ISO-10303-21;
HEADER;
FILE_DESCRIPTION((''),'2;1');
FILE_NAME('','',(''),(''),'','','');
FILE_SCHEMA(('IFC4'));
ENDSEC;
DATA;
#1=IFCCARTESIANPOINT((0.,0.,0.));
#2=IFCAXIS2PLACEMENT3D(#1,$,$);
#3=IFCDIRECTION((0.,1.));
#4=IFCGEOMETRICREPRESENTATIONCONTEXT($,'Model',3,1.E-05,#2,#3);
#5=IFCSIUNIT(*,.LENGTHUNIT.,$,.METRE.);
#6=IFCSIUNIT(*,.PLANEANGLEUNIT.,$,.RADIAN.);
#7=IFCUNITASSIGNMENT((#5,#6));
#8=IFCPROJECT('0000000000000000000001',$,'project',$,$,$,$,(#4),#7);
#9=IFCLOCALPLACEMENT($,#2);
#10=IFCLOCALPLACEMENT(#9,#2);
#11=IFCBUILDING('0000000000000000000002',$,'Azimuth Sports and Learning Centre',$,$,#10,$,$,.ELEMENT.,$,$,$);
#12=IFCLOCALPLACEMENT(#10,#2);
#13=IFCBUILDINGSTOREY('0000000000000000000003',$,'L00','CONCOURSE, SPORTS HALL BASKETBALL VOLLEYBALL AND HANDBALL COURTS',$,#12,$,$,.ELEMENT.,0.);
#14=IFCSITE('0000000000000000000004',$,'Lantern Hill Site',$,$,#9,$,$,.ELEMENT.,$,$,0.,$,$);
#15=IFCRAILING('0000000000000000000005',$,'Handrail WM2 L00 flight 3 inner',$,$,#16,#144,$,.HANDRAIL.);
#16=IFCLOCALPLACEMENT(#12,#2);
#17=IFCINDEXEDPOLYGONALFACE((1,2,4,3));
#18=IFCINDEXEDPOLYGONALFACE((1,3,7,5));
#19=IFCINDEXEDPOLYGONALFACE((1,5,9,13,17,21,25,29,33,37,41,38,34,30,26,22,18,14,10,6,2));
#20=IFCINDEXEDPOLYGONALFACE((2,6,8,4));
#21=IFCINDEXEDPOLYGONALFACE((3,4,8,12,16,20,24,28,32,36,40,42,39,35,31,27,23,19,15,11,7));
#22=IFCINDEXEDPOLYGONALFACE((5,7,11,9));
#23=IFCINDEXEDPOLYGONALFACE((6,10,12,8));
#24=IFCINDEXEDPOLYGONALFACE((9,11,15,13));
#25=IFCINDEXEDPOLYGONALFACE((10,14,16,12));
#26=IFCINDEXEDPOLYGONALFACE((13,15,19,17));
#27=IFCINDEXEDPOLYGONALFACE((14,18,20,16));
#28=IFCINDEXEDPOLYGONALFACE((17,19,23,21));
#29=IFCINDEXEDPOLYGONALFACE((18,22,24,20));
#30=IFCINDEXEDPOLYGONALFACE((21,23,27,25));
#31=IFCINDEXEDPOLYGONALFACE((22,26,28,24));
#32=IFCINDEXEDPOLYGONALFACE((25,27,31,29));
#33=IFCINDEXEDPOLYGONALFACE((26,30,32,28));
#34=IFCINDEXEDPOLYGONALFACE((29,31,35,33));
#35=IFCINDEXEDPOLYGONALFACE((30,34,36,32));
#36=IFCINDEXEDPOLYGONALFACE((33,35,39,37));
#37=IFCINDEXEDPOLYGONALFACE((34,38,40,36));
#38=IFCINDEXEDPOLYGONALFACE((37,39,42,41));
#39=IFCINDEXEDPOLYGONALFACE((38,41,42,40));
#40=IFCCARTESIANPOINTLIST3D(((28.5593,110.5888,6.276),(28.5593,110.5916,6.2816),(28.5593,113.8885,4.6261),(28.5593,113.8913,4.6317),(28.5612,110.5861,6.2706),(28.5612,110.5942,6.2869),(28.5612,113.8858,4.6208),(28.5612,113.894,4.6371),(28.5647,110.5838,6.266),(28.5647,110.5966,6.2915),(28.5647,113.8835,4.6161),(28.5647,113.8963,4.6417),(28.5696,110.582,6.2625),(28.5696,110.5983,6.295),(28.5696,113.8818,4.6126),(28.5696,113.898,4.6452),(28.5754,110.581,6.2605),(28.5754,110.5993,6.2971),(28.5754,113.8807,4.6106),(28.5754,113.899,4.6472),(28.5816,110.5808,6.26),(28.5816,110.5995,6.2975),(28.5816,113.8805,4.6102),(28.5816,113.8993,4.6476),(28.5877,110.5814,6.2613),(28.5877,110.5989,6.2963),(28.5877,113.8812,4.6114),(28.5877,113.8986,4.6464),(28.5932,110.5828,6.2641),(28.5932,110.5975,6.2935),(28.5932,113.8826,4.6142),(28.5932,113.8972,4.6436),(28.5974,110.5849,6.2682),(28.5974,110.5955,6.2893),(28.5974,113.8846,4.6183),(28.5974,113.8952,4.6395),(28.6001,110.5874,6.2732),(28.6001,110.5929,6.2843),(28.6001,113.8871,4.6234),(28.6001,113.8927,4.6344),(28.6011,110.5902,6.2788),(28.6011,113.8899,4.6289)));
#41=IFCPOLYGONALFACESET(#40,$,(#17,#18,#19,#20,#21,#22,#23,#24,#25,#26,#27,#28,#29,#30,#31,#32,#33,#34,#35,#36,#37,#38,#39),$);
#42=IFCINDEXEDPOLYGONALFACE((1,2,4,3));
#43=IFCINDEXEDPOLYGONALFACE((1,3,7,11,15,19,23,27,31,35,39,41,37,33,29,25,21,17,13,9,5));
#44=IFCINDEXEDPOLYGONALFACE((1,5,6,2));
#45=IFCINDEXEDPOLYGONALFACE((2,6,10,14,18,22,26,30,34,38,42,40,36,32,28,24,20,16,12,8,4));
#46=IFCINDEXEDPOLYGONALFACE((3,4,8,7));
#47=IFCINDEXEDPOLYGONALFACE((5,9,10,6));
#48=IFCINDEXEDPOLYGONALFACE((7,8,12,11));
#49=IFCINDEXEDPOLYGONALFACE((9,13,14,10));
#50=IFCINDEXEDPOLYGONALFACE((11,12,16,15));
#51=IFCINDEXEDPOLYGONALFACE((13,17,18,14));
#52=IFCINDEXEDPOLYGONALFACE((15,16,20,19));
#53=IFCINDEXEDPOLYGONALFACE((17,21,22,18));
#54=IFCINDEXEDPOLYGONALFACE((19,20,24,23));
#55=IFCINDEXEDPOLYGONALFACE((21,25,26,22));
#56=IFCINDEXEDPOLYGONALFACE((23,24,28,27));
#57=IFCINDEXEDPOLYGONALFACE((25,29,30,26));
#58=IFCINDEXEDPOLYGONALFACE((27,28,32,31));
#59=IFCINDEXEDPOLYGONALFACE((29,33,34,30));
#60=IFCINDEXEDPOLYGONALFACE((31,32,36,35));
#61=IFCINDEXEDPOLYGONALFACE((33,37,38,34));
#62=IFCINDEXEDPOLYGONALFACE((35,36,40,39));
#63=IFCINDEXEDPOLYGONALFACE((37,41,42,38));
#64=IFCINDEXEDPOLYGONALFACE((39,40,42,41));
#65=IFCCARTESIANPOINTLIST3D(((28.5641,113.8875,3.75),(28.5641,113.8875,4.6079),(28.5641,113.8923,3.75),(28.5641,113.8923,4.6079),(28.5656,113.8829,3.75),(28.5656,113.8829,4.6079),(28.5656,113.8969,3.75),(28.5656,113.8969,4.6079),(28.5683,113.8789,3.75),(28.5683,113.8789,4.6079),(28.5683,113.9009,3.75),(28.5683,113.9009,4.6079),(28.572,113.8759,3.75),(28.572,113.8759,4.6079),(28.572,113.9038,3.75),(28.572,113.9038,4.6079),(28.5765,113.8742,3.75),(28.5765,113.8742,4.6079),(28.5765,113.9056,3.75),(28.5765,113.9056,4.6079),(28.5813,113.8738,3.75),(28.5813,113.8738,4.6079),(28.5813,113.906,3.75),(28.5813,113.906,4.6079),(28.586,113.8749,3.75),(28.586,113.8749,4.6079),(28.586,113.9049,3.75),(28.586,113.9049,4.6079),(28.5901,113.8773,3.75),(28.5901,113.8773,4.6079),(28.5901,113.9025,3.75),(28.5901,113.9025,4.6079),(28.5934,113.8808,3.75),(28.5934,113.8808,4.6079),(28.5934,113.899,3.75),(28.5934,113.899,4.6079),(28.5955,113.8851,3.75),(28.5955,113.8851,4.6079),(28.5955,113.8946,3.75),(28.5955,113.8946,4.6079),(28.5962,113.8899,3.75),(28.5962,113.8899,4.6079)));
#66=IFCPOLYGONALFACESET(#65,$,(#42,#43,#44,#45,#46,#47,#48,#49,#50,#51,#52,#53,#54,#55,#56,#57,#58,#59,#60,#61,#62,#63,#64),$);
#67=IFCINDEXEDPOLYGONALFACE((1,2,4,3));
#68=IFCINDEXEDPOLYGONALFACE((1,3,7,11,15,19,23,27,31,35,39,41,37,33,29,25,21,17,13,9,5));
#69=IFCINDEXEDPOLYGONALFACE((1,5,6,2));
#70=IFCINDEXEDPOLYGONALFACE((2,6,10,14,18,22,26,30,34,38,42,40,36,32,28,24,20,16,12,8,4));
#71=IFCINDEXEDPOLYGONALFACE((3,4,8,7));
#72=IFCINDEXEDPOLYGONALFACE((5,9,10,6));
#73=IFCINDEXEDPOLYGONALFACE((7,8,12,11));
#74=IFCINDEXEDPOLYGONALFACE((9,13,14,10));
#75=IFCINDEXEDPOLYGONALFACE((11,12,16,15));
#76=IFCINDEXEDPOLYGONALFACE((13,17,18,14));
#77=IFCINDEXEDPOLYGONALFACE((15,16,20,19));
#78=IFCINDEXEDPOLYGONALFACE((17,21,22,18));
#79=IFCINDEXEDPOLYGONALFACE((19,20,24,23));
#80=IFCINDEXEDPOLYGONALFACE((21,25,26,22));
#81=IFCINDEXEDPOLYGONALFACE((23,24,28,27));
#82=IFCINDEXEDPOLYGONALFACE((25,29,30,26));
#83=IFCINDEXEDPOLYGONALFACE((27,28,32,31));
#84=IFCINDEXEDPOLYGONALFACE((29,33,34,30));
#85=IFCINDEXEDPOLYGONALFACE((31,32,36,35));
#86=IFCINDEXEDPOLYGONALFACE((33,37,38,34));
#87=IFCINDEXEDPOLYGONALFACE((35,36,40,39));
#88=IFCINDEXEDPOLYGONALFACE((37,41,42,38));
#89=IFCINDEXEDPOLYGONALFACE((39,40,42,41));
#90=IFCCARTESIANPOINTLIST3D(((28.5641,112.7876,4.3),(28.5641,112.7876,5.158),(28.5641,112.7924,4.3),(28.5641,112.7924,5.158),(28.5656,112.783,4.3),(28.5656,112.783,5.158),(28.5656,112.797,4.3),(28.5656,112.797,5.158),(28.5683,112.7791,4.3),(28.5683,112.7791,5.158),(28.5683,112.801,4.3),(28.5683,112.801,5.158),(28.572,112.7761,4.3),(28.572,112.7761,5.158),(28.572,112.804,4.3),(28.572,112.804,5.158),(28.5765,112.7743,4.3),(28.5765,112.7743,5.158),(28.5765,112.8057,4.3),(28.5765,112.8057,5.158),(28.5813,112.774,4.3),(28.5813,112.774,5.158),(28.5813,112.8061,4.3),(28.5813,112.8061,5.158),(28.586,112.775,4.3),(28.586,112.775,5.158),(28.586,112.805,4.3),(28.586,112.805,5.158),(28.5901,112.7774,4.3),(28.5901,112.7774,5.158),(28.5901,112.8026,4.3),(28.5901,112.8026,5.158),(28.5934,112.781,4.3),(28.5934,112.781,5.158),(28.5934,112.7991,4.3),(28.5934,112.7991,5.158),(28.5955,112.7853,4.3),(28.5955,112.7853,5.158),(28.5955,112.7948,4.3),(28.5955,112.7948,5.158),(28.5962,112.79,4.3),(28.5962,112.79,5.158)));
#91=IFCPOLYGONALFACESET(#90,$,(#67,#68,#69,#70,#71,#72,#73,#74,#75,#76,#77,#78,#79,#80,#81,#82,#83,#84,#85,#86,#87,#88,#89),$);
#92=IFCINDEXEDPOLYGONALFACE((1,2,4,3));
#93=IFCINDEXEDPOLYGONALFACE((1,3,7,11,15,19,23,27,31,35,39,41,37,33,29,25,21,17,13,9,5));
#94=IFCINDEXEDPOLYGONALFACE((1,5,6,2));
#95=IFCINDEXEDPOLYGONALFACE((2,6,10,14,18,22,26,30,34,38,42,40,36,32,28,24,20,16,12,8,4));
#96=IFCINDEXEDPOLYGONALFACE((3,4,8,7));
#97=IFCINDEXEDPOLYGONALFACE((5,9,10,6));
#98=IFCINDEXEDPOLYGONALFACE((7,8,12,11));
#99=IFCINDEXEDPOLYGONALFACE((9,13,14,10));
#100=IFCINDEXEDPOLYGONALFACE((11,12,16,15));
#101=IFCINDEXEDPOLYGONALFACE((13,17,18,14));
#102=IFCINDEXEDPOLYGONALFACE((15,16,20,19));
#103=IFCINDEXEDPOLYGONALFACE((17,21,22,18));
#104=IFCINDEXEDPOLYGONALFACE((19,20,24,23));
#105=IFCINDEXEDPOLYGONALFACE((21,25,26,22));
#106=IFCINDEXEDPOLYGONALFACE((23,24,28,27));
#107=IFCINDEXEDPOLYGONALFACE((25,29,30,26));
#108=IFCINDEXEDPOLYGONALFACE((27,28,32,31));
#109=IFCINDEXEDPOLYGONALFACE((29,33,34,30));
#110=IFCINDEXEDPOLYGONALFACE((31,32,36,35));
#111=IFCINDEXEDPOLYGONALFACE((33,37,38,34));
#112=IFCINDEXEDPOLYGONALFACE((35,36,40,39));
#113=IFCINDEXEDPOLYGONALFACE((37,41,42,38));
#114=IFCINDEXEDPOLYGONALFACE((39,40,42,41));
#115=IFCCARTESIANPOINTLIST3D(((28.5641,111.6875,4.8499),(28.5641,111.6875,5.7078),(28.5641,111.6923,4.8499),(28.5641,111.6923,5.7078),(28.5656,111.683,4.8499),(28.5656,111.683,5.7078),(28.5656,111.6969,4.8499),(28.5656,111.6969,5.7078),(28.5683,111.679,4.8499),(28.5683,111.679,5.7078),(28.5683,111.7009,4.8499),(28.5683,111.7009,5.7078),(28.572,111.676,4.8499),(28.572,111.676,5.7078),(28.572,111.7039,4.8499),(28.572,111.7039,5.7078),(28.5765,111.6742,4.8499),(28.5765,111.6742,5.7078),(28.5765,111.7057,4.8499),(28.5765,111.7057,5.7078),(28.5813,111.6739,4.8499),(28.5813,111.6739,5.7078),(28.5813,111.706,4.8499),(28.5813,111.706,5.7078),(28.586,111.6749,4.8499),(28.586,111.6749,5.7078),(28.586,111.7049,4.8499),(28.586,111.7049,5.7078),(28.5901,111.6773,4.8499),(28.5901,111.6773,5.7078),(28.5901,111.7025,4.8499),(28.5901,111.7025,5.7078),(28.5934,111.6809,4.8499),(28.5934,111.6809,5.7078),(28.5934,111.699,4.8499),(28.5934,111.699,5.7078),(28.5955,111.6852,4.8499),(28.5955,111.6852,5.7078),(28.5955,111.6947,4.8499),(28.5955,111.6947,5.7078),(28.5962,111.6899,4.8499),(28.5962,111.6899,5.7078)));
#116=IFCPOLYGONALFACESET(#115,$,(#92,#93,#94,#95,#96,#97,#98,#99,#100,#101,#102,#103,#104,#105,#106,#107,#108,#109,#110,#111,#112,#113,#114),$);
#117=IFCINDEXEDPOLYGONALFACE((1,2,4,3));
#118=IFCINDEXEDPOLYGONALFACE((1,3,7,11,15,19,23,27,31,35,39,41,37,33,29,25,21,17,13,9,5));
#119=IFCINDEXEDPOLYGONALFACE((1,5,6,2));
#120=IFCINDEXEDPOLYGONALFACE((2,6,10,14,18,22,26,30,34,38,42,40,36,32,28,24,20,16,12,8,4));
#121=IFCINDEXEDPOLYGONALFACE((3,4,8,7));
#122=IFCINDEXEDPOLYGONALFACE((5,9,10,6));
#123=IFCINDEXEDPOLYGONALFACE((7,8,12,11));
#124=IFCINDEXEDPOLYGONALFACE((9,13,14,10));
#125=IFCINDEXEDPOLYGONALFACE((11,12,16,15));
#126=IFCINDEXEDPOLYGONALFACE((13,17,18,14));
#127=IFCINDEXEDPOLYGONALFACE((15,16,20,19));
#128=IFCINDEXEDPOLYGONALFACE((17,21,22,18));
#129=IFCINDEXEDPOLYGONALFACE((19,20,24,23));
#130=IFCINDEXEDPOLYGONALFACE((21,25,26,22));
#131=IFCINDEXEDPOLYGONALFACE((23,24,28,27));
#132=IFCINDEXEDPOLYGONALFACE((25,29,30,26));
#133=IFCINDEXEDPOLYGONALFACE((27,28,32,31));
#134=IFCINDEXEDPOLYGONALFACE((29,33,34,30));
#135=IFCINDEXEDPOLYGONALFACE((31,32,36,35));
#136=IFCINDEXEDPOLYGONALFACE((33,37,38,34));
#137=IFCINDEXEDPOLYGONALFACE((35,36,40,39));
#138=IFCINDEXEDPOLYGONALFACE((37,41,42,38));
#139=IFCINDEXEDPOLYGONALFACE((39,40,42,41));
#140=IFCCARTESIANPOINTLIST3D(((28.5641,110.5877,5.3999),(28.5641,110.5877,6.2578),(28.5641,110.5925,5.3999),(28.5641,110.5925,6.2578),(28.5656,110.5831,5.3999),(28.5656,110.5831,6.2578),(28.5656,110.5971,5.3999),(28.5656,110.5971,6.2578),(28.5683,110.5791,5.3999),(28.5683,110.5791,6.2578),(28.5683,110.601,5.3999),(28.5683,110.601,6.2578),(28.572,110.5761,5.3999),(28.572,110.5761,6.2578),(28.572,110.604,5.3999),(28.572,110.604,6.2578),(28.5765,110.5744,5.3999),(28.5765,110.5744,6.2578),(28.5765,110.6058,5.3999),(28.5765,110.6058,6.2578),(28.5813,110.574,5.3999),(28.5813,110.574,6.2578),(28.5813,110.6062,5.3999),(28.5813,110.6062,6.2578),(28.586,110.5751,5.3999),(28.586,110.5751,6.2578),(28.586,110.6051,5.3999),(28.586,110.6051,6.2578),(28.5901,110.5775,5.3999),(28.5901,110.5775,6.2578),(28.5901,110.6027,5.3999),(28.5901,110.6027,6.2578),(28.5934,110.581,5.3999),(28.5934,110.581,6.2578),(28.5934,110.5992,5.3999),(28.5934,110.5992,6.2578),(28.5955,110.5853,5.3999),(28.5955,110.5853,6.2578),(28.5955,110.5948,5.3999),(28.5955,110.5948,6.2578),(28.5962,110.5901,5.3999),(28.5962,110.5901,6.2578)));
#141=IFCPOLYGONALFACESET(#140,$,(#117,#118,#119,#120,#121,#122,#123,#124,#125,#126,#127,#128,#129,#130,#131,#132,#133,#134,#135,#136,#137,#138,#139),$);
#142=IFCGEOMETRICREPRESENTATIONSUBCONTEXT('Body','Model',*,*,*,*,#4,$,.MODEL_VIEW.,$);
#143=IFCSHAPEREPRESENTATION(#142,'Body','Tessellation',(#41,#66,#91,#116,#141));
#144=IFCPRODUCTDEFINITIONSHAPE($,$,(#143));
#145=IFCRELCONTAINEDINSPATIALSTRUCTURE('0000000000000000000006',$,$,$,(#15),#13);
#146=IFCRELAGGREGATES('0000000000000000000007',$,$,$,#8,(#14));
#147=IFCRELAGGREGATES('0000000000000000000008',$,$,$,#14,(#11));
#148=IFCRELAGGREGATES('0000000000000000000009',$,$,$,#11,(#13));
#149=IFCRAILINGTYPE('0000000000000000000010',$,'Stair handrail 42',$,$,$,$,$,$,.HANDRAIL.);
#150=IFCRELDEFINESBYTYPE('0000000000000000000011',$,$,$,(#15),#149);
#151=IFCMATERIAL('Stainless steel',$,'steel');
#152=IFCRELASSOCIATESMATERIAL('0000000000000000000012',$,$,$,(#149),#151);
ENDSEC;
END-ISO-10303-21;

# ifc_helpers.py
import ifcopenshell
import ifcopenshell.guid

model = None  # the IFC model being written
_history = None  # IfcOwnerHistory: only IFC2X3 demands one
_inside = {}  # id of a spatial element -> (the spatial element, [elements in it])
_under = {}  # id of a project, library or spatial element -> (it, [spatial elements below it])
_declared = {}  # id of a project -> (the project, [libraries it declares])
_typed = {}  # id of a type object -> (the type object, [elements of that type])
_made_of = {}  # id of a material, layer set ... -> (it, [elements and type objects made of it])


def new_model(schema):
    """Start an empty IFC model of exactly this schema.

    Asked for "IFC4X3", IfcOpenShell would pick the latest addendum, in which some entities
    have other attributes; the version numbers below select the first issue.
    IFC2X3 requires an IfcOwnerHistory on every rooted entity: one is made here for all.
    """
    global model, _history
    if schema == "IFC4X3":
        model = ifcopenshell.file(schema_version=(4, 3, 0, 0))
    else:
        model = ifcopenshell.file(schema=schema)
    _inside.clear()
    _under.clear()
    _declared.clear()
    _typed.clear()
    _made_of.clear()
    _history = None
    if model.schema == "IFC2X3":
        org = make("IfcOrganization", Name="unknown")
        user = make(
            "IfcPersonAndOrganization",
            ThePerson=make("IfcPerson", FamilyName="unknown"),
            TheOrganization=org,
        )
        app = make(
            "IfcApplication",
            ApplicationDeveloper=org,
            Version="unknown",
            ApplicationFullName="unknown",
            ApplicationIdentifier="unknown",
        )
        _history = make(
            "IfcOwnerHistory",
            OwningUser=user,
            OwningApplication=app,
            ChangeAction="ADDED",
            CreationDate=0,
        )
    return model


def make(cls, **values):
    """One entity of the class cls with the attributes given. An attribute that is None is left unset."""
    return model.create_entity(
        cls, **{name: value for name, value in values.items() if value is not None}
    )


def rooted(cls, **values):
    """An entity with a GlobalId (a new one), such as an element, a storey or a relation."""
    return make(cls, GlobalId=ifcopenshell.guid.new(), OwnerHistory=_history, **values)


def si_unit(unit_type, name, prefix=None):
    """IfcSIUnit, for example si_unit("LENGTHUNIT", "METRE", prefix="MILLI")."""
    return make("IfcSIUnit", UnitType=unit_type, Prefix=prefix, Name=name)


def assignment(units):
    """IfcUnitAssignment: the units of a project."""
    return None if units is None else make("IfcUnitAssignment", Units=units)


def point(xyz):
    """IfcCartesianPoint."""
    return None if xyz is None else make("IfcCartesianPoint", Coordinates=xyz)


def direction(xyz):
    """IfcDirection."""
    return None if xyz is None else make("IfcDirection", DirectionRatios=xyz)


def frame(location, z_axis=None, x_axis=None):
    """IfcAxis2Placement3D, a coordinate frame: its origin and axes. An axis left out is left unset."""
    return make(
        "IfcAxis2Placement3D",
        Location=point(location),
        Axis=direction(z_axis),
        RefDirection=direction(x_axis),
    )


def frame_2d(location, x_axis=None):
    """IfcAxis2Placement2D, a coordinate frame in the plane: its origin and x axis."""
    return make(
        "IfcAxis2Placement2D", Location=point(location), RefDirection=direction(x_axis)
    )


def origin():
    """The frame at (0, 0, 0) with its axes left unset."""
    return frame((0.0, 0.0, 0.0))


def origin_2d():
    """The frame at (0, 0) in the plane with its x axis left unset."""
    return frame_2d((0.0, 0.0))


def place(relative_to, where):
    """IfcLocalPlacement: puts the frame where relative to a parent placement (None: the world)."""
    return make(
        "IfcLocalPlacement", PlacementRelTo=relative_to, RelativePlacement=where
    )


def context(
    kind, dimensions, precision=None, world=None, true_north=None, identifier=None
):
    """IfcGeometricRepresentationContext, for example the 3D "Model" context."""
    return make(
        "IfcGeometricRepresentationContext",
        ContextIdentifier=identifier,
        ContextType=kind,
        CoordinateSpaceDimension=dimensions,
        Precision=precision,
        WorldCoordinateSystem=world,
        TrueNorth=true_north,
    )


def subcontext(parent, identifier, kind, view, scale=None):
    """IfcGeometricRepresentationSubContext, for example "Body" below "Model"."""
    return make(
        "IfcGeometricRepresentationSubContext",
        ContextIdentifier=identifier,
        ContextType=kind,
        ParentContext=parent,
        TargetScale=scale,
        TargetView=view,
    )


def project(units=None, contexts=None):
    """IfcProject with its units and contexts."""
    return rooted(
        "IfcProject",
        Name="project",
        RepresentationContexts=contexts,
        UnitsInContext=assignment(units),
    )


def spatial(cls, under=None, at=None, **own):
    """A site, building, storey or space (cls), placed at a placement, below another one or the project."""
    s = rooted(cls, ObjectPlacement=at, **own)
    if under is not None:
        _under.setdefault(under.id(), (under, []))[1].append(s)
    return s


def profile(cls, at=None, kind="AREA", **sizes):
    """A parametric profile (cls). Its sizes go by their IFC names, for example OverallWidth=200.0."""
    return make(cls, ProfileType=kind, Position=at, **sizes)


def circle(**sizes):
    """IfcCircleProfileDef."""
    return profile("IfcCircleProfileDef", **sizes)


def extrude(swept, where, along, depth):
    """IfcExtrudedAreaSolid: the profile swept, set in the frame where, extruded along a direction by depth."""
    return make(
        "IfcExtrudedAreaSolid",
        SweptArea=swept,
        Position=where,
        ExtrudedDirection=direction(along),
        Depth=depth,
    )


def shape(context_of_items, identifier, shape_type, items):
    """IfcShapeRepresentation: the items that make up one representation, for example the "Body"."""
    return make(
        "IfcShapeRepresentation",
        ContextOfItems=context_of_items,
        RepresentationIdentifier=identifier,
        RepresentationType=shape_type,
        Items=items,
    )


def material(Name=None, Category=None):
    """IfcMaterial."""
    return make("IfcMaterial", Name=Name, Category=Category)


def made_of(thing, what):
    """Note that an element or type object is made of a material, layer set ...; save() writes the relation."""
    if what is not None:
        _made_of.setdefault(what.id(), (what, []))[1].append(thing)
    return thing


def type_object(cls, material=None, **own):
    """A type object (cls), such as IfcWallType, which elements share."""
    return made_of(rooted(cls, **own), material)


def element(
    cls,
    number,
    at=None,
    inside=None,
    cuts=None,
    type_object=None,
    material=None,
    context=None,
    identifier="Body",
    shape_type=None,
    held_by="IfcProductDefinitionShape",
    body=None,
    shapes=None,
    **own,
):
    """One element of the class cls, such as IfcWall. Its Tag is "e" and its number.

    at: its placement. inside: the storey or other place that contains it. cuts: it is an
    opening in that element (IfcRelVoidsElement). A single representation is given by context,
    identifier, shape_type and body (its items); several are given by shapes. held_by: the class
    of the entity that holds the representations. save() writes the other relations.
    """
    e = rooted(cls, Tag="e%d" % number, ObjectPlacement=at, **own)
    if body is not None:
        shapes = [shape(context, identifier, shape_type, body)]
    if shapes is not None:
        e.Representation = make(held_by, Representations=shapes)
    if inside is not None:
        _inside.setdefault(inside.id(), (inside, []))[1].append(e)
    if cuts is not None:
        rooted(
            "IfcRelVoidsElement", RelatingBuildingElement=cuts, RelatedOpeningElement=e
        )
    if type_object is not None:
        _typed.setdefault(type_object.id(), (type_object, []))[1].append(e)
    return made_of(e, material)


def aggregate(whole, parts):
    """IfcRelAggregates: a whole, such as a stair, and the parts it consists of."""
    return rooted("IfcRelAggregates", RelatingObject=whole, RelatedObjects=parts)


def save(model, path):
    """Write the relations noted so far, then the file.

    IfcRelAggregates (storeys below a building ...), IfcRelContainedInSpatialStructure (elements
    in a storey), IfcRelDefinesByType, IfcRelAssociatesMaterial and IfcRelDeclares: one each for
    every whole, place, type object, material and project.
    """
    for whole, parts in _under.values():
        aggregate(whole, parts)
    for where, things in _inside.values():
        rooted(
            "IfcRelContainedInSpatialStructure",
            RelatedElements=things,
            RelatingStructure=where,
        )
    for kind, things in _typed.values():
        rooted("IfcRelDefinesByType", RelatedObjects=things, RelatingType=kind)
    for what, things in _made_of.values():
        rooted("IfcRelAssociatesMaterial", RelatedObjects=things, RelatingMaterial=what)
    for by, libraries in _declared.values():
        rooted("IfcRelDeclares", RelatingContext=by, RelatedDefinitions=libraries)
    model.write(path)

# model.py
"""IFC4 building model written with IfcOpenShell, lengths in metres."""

from ifc_helpers import new_model, si_unit, direction, frame, origin, origin_2d, place, context, subcontext, project, spatial, circle, extrude, material, type_object, element, save


model = new_model("IFC4")

# Units and contexts
model_context = context("Model", 3, precision=1e-05, world=origin(), true_north=direction((0.0, 1.0)))
body_context = subcontext(model_context, "Body", "Model", "MODEL_VIEW")
ifc_project = project(units=[si_unit("LENGTHUNIT", "METRE"), si_unit("PLANEANGLEUNIT", "RADIAN")], contexts=[model_context])

# Site, building, storey
site_placement = place(None, origin())
site = spatial("IfcSite", under=ifc_project, at=site_placement, Name="Lantern Hill Site", CompositionType="ELEMENT", RefElevation=0.0)
building_placement = place(site_placement, origin())
building = spatial("IfcBuilding", under=site, at=building_placement, Name="Azimuth Sports and Learning Centre", CompositionType="ELEMENT")
storey_placement = place(building_placement, origin())
storey = spatial("IfcBuildingStorey", under=building, at=storey_placement, Name="L00", Description="CONCOURSE, SPORTS HALL BASKETBALL VOLLEYBALL AND HANDBALL COURTS", CompositionType="ELEMENT", Elevation=0.0)

# Railing
ifc_material_1 = material(Name="Stainless steel", Category="steel")
railing_type = type_object("IfcRailingType", Name="Stair handrail 42", PredefinedType="HANDRAIL", material=ifc_material_1)
for number, where, name in (
    (1, (28.5801, 113.8899, 3.75), "Handrail WM2 L00 flight 3 inner"),
):
    element("IfcRailing", number, at=place(storey_placement, frame(where)), inside=storey, type_object=railing_type, Name=name, PredefinedType="HANDRAIL", context=body_context, shape_type="SweptSolid", body=[
        extrude(circle(Radius=0.021, at=origin_2d()), frame((0.0, 0.0, 0.8789), z_axis=(0.0, -0.894427, 0.447214), x_axis=(1.0, 0.0, 0.0)), (0.0, 0.0, 1.0), 3.6892),
        extrude(circle(Radius=0.0161, at=origin_2d()), origin(), (0.0, 0.0, 1.0), 0.8579),
        extrude(circle(Radius=0.0161, at=origin_2d()), frame((0.0, -1.0999, 0.55)), (0.0, 0.0, 1.0), 0.8579),
        extrude(circle(Radius=0.0161, at=origin_2d()), frame((0.0, -2.2, 1.0999)), (0.0, 0.0, 1.0), 0.8579),
        extrude(circle(Radius=0.0161, at=origin_2d()), frame((0.0, -3.2998, 1.6499)), (0.0, 0.0, 1.0), 0.8579),
    ])

save(model, "model.ifc")
